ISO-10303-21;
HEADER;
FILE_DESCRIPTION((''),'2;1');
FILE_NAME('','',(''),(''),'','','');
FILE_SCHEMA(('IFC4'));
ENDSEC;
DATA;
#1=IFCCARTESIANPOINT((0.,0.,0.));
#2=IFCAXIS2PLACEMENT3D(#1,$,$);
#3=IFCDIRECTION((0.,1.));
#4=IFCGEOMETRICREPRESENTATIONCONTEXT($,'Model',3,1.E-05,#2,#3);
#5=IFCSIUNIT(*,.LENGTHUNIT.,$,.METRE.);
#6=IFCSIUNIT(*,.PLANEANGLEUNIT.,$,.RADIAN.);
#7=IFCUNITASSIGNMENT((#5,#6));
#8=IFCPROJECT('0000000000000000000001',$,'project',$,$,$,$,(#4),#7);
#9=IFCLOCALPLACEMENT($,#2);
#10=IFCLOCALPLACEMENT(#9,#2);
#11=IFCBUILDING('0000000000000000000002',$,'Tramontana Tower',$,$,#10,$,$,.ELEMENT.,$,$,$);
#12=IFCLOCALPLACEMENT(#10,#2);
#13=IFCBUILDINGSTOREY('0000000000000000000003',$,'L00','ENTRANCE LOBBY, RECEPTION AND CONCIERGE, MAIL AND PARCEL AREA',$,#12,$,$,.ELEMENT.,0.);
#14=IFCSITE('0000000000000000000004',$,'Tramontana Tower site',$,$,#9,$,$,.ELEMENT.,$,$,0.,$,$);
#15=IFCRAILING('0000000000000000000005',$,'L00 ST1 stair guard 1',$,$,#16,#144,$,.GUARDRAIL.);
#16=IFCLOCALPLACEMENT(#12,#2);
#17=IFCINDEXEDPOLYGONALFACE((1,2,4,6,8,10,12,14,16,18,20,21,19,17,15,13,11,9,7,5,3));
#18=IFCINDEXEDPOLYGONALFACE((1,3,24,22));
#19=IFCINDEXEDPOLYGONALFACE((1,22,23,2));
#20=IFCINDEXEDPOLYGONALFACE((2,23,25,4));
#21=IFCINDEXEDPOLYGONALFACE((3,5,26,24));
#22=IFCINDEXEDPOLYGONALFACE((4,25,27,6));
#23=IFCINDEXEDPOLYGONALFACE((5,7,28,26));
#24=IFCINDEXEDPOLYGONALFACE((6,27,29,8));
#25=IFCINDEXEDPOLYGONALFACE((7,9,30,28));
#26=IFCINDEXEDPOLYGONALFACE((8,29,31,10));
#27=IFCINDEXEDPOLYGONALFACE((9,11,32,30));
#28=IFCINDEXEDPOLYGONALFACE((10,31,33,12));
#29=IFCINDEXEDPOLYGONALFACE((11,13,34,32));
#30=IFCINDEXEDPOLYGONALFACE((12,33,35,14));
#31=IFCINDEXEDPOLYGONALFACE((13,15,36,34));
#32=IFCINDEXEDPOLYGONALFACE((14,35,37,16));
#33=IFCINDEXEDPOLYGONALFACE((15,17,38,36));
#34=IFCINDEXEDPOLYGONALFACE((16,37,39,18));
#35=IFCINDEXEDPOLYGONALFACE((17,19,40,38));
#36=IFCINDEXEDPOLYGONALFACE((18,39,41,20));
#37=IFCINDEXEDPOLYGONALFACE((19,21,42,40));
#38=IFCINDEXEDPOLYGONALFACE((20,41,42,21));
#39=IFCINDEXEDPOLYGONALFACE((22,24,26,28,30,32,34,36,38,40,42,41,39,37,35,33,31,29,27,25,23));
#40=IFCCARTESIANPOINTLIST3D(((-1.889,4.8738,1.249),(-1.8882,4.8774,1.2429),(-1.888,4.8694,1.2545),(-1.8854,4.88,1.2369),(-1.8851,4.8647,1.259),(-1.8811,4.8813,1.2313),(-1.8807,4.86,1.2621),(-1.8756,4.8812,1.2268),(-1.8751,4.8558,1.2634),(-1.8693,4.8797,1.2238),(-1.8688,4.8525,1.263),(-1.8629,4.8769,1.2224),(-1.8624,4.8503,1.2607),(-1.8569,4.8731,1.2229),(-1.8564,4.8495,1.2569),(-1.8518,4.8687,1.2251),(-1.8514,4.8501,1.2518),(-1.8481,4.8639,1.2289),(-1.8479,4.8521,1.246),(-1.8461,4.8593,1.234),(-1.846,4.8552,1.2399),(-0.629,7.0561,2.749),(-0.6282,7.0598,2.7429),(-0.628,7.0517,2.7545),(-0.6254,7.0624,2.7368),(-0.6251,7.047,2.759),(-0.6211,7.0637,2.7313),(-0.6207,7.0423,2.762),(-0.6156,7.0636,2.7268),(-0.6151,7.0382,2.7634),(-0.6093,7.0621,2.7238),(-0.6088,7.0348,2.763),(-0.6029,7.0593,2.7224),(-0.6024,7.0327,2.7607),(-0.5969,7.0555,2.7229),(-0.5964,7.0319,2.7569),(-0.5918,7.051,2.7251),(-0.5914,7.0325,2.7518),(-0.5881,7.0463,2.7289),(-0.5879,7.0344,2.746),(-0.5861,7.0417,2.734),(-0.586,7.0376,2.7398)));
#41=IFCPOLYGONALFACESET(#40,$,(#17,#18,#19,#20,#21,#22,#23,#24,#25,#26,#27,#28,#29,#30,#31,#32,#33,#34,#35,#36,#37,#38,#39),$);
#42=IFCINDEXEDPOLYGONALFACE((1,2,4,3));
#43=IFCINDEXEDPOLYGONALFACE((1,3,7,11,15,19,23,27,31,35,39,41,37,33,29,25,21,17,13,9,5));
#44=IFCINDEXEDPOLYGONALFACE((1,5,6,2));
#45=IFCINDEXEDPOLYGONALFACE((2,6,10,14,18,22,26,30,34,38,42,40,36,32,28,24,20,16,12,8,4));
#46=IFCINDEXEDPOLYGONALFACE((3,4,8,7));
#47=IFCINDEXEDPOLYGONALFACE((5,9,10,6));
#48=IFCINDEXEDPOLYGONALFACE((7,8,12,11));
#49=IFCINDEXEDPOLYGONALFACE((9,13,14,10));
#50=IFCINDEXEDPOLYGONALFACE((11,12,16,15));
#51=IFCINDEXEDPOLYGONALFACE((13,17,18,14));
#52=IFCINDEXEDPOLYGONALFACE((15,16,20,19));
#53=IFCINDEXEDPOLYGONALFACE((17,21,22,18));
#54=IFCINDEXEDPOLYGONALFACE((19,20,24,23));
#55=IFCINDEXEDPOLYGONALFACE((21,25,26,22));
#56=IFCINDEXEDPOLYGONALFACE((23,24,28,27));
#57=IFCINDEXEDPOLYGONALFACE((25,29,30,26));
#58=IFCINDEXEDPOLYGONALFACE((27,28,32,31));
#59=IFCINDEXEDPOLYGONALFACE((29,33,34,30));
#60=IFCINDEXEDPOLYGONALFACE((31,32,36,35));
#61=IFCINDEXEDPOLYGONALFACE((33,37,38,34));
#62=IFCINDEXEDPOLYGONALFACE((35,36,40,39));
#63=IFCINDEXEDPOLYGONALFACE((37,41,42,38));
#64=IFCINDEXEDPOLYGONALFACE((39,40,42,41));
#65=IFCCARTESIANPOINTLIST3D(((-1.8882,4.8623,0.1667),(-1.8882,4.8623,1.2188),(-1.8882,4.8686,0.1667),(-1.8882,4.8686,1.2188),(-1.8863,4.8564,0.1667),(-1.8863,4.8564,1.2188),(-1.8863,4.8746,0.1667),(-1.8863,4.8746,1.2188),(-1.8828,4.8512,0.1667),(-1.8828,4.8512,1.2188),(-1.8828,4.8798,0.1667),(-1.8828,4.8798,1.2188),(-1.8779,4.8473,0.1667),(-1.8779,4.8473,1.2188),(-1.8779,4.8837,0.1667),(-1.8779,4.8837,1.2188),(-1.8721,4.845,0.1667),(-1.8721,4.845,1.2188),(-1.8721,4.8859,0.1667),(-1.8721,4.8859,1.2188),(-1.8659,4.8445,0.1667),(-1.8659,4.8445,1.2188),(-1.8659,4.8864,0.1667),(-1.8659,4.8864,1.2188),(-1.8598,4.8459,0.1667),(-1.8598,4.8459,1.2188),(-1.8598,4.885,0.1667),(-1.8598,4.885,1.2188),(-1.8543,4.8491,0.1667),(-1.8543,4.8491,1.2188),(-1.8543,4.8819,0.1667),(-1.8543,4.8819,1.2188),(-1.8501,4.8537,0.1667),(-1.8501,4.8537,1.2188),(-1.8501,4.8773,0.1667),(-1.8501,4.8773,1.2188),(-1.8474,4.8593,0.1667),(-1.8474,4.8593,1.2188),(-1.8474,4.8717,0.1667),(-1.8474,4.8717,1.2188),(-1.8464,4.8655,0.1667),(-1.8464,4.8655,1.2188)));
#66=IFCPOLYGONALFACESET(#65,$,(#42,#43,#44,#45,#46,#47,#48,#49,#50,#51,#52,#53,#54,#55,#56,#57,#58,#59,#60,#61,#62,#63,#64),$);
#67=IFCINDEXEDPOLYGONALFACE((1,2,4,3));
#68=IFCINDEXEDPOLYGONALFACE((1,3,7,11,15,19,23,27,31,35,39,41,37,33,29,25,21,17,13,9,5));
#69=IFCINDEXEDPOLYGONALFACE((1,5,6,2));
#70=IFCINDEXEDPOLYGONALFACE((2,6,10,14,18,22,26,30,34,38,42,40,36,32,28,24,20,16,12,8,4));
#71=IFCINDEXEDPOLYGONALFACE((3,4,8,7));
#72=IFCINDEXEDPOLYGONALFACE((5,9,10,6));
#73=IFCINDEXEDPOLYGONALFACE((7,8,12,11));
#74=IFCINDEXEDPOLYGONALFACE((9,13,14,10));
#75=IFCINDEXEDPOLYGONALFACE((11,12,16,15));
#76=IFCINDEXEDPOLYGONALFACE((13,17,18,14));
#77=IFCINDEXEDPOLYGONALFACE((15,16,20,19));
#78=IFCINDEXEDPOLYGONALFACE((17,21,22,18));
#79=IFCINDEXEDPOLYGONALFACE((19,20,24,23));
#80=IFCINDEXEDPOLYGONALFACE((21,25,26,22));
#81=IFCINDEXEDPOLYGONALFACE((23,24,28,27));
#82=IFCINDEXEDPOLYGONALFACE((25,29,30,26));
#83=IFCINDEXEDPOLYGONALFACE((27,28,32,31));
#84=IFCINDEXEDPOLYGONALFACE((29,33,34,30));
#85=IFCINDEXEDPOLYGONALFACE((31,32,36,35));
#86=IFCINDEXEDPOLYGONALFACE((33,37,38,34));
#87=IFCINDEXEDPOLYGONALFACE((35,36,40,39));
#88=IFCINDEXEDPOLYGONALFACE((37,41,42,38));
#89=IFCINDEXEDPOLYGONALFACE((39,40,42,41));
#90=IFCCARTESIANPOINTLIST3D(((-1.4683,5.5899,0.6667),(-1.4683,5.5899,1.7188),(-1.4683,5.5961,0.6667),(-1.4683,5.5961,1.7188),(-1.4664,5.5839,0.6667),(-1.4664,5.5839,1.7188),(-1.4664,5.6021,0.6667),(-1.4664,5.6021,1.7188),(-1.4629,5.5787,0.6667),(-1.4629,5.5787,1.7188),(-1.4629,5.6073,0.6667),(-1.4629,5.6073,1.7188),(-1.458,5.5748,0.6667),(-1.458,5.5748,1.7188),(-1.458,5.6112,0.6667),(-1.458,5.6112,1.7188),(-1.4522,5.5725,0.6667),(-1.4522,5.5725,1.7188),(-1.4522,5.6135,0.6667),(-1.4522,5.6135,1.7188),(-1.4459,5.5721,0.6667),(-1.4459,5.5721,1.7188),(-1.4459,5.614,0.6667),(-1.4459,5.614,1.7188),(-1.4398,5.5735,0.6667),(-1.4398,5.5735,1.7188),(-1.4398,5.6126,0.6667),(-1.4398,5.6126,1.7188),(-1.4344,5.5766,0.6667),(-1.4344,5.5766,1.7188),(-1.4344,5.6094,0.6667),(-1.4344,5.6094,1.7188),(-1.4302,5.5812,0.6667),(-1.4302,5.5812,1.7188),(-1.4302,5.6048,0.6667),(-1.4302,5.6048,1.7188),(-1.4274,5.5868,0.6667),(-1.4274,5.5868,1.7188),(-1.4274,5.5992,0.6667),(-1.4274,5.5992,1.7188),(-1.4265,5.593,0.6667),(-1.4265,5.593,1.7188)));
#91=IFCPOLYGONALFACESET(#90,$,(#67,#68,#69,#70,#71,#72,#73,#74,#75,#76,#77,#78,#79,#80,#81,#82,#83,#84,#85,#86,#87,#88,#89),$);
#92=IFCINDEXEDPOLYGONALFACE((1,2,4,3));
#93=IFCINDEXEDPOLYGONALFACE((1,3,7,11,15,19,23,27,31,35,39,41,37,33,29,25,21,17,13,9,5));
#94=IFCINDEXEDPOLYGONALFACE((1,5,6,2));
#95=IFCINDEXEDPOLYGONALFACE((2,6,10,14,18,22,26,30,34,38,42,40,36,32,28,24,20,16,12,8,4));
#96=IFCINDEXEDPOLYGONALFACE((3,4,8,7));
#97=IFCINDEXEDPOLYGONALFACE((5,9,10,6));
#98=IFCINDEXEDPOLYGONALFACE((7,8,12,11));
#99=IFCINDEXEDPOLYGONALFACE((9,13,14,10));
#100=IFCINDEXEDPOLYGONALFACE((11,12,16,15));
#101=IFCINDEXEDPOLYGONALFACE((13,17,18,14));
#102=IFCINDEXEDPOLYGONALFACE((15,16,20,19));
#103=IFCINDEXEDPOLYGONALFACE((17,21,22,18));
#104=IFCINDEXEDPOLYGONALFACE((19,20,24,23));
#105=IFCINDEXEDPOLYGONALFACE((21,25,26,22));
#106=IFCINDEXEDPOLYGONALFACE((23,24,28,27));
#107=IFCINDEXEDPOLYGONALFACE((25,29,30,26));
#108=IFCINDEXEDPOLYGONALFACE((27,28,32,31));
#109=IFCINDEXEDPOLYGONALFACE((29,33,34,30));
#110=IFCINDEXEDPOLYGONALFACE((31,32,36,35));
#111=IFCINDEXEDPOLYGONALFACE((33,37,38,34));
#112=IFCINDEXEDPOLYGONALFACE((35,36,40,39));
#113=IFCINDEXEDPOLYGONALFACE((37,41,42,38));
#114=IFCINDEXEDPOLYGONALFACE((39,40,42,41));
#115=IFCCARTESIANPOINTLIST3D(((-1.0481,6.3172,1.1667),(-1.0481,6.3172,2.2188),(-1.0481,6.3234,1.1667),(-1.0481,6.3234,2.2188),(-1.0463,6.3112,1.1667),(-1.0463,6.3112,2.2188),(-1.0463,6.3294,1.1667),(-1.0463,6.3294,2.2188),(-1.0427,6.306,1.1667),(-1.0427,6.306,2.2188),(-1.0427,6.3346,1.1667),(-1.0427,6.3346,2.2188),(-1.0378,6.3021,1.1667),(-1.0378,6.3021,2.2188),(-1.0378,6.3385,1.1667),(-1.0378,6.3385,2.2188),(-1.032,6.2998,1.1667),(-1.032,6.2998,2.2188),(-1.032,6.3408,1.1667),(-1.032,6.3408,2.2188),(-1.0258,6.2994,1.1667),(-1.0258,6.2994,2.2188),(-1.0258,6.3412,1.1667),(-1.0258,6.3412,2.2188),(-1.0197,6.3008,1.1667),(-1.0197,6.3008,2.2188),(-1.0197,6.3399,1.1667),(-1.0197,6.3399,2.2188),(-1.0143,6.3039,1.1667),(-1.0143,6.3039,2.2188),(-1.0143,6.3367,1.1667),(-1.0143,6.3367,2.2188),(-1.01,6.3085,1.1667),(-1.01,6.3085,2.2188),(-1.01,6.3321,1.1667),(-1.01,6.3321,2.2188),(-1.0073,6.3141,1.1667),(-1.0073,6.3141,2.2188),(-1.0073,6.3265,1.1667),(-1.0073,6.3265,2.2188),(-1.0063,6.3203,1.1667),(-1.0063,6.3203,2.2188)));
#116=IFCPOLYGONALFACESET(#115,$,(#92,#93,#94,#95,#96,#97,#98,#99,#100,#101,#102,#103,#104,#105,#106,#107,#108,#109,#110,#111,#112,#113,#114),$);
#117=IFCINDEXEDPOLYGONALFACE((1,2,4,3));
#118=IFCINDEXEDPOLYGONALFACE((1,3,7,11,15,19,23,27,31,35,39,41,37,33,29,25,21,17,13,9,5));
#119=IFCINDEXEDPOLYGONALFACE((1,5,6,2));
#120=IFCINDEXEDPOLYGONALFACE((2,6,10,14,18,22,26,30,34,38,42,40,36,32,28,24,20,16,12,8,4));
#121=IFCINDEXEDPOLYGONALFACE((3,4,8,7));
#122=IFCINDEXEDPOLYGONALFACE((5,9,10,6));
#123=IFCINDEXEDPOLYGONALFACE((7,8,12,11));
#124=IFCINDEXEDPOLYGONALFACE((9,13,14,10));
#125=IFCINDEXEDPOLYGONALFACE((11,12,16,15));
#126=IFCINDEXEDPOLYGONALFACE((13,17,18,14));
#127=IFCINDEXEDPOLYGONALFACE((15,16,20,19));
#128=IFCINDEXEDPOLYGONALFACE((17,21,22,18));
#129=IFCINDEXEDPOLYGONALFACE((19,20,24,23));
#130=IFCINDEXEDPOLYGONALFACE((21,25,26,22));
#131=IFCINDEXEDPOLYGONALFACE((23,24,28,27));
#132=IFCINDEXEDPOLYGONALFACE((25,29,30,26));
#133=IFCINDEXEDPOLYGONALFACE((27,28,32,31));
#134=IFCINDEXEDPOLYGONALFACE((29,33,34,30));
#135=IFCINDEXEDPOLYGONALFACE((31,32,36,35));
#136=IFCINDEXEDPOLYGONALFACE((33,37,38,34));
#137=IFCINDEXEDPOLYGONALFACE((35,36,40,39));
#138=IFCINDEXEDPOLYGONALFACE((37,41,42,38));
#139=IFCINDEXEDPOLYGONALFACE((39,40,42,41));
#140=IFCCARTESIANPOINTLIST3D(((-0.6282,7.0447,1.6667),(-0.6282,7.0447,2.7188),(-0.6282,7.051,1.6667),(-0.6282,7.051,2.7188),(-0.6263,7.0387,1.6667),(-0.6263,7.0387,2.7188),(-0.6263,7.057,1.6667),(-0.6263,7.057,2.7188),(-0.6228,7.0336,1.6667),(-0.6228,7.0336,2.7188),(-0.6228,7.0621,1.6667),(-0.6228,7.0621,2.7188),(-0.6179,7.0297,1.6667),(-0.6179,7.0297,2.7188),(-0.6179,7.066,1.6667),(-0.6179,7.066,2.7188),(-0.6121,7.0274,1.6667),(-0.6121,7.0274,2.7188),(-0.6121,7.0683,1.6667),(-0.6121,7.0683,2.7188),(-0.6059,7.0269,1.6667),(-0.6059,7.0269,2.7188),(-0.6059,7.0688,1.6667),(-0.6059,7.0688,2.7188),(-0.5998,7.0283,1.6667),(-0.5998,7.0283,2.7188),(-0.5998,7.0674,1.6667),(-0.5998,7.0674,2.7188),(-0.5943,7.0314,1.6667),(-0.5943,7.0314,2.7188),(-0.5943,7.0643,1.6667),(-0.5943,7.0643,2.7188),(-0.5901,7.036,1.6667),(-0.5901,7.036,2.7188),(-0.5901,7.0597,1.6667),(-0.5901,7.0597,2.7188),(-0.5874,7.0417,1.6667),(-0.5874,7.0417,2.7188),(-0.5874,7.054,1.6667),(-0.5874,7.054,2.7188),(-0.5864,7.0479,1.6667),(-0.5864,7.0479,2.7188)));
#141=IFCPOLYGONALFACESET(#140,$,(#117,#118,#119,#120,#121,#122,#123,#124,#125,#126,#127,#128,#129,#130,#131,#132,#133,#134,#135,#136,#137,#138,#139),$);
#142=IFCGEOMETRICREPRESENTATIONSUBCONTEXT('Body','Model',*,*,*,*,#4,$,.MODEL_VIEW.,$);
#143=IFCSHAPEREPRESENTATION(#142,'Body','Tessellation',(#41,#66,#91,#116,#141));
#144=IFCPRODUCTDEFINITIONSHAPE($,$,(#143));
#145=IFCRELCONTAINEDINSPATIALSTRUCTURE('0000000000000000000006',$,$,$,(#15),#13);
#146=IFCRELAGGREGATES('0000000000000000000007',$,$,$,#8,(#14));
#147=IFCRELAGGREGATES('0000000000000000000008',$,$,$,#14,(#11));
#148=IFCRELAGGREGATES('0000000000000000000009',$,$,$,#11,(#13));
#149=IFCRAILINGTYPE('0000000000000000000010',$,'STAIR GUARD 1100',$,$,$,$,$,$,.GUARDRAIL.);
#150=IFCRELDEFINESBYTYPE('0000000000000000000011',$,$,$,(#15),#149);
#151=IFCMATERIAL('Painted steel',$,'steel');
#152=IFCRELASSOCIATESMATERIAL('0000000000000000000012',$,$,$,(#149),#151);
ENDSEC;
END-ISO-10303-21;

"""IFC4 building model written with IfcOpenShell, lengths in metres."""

from ifc_helpers import new_model, si_unit, direction, frame, origin, origin_2d, place, context, subcontext, project, spatial, circle, extrude, material, type_object, element, save


model = new_model("IFC4")

# Units and contexts
model_context = context("Model", 3, precision=1e-05, world=origin(), true_north=direction((0.0, 1.0)))
body_context = subcontext(model_context, "Body", "Model", "MODEL_VIEW")
ifc_project = project(units=[si_unit("LENGTHUNIT", "METRE"), si_unit("PLANEANGLEUNIT", "RADIAN")], contexts=[model_context])

# Site, building, storey
site_placement = place(None, origin())
site = spatial("IfcSite", under=ifc_project, at=site_placement, Name="Tramontana Tower site", CompositionType="ELEMENT", RefElevation=0.0)
building_placement = place(site_placement, origin())
building = spatial("IfcBuilding", under=site, at=building_placement, Name="Tramontana Tower", CompositionType="ELEMENT")
storey_placement = place(building_placement, origin())
storey = spatial("IfcBuildingStorey", under=building, at=storey_placement, Name="L00", Description="ENTRANCE LOBBY, RECEPTION AND CONCIERGE, MAIL AND PARCEL AREA", CompositionType="ELEMENT", Elevation=0.0)

# Railing
ifc_material_1 = material(Name="Painted steel", Category="steel")
railing_type_1 = type_object("IfcRailingType", Name="STAIR GUARD 1100", PredefinedType="GUARDRAIL", material=ifc_material_1)
for number, where, name in (
    (1, (-1.8674, 4.8655, 0.1667), "L00 ST1 stair guard 1"),
):
    element("IfcRailing", number, at=place(storey_placement, frame(where)), inside=storey, type_object=railing_type_1, Name=name, PredefinedType="GUARDRAIL", context=body_context, shape_type="SweptSolid", body=[
        extrude(circle(Radius=0.0239, at=origin_2d()), frame((0.0, 0.0, 1.0762), z_axis=(0.42965, 0.744167, 0.511485), x_axis=(-0.866023, 0.500005, 0.0)), (0.0, 0.0, 1.0), 2.9326),
        extrude(circle(Radius=0.021, at=origin_2d()), origin(), (0.0, 0.0, 1.0), 1.052),
        extrude(circle(Radius=0.021, at=origin_2d()), frame((0.4199, 0.7275, 0.5)), (0.0, 0.0, 1.0), 1.052),
        extrude(circle(Radius=0.021, at=origin_2d()), frame((0.8401, 1.4548, 1.0)), (0.0, 0.0, 1.0), 1.052),
        extrude(circle(Radius=0.021, at=origin_2d()), frame((1.26, 2.1824, 1.5)), (0.0, 0.0, 1.0), 1.052),
    ])

save(model, "model.ifc")
